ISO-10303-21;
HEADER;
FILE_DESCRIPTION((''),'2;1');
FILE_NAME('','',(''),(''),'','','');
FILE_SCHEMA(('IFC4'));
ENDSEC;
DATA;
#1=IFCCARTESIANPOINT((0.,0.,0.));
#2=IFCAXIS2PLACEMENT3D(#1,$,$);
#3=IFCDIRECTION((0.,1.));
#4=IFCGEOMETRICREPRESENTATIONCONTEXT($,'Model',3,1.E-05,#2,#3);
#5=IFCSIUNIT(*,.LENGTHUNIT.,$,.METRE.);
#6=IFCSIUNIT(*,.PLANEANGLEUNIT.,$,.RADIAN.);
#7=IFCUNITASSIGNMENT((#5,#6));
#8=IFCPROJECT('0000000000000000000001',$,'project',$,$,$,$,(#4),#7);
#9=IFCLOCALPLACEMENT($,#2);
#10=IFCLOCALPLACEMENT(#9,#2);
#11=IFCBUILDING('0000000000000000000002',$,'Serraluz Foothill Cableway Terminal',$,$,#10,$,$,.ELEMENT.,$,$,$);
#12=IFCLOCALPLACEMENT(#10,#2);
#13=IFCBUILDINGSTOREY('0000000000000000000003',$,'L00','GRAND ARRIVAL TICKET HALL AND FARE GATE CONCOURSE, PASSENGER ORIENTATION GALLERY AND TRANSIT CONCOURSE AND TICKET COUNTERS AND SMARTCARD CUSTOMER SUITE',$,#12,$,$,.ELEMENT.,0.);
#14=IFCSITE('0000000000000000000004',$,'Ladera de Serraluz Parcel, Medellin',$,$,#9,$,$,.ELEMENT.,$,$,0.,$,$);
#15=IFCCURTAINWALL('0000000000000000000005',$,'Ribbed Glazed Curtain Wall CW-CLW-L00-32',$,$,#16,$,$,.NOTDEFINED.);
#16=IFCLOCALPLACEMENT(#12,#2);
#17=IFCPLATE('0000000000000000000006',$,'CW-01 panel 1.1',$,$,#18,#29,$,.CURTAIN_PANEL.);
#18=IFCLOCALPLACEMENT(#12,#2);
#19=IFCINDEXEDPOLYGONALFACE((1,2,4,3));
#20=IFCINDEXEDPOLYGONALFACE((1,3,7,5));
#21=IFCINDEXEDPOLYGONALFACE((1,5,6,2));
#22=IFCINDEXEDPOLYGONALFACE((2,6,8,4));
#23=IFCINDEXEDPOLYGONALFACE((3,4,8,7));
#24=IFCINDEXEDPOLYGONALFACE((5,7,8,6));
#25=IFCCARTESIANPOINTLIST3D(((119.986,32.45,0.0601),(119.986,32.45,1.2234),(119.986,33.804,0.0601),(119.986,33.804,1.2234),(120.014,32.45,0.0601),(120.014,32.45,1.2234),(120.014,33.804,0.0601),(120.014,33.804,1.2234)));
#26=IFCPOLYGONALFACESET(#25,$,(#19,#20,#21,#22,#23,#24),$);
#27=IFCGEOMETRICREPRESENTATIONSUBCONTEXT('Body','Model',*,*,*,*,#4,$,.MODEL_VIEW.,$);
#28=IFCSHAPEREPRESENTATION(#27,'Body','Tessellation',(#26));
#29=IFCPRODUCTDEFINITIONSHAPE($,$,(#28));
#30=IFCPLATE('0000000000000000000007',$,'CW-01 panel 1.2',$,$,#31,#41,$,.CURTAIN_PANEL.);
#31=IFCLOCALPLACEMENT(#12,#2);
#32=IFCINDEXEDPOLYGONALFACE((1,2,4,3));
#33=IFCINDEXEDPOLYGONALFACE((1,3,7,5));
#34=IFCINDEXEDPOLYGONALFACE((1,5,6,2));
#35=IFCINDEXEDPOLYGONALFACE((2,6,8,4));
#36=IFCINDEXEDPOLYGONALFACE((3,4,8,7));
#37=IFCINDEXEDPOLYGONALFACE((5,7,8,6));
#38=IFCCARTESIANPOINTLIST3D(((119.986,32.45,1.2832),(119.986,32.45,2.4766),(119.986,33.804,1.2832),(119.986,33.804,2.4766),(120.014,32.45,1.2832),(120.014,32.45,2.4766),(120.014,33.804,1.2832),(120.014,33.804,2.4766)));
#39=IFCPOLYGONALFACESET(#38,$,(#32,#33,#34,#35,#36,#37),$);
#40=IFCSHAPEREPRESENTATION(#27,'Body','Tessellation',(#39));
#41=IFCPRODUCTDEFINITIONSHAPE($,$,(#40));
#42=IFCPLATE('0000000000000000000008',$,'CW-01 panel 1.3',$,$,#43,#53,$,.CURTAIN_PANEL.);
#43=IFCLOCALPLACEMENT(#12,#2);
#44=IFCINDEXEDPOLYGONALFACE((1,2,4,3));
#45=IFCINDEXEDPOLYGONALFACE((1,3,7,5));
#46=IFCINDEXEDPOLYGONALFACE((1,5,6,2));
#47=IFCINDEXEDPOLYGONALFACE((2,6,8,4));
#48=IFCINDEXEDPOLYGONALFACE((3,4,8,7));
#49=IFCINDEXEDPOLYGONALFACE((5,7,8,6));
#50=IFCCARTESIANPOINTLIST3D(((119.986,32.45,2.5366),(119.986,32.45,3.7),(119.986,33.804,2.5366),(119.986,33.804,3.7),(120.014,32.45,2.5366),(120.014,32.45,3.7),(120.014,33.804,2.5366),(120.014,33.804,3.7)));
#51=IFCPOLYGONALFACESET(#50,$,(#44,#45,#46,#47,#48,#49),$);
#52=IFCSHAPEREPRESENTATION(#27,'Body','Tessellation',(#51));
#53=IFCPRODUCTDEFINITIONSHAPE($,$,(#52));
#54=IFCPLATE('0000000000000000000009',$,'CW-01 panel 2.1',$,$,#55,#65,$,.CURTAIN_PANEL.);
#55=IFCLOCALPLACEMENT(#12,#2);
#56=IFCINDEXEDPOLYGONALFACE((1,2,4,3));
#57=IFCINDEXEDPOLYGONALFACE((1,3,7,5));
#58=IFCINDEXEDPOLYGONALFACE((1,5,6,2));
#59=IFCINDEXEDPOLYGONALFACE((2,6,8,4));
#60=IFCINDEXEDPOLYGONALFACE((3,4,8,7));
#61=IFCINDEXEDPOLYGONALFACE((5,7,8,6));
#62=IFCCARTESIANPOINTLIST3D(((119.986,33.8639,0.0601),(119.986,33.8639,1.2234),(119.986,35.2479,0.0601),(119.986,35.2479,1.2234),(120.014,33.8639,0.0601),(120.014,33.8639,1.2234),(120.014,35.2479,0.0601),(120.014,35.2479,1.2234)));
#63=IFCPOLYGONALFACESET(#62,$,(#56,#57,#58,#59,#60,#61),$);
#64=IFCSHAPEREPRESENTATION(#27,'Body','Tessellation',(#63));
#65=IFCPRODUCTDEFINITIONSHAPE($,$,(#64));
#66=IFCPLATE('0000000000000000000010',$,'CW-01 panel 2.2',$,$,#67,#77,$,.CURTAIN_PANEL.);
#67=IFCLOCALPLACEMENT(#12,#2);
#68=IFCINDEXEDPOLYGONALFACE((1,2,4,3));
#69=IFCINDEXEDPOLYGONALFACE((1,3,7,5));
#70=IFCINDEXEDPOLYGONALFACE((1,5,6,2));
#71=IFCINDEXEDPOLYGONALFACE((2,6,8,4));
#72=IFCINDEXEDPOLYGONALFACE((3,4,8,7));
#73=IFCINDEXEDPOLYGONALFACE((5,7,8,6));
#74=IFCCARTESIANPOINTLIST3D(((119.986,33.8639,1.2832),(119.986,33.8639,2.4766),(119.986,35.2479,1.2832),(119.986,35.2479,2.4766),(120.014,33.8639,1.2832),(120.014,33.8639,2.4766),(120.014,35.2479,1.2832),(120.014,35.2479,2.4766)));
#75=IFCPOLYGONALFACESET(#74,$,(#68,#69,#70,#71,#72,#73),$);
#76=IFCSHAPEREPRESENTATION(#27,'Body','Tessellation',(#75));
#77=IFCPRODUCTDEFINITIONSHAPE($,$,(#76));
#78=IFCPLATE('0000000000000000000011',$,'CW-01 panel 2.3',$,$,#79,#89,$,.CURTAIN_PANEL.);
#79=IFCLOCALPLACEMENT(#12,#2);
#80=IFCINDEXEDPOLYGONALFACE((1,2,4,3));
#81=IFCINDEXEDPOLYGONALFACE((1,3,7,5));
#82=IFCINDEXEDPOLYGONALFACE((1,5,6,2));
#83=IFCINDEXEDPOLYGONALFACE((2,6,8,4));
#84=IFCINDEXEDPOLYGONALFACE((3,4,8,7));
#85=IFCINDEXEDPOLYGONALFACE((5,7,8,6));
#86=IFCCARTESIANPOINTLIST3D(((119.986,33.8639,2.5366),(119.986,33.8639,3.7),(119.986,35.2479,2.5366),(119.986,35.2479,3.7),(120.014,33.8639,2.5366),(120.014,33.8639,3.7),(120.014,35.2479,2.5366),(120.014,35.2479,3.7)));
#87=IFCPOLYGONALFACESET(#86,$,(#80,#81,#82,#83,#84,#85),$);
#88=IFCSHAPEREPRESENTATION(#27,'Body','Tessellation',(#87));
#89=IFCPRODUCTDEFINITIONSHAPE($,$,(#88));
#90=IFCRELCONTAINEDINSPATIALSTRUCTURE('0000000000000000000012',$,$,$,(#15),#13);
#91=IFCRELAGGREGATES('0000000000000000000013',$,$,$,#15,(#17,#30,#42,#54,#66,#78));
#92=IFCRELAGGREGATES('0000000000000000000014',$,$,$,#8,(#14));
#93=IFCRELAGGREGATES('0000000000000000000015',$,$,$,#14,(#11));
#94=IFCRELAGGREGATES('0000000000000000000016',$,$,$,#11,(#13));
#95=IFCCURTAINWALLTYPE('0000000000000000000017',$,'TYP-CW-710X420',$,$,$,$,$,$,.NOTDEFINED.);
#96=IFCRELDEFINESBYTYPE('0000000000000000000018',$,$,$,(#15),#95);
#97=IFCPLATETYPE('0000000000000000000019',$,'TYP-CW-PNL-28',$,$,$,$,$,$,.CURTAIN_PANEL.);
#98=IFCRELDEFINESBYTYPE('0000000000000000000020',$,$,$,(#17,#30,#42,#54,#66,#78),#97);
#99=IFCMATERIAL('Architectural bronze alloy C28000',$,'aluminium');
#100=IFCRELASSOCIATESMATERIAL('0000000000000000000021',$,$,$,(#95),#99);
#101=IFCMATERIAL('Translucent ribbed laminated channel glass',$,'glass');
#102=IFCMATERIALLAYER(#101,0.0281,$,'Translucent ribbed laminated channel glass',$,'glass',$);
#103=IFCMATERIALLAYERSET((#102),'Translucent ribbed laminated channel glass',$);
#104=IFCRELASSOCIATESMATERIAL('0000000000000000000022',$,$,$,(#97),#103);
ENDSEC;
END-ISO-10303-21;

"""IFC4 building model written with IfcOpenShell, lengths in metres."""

from ifc_helpers import new_model, si_unit, direction, frame, origin, origin_2d, place, context, subcontext, project, spatial, rectangle, extrude, material, layer, layer_set, type_object, element, aggregate, save


model = new_model("IFC4")

# Units and contexts
model_context = context("Model", 3, precision=1e-05, world=origin(), true_north=direction((0.0, 1.0)))
body_context = subcontext(model_context, "Body", "Model", "MODEL_VIEW")
ifc_project = project(units=[si_unit("LENGTHUNIT", "METRE"), si_unit("PLANEANGLEUNIT", "RADIAN")], contexts=[model_context])

# Site, building, storey
site_placement = place(None, origin())
site = spatial("IfcSite", under=ifc_project, at=site_placement, Name="Ladera de Serraluz Parcel, Medellin", CompositionType="ELEMENT", RefElevation=0.0)
building_placement = place(site_placement, origin())
building = spatial("IfcBuilding", under=site, at=building_placement, Name="Serraluz Foothill Cableway Terminal", CompositionType="ELEMENT")
storey_placement = place(building_placement, origin())
storey = spatial("IfcBuildingStorey", under=building, at=storey_placement, Name="L00", Description="GRAND ARRIVAL TICKET HALL AND FARE GATE CONCOURSE, PASSENGER ORIENTATION GALLERY AND TRANSIT CONCOURSE AND TICKET COUNTERS AND SMARTCARD CUSTOMER SUITE", CompositionType="ELEMENT", Elevation=0.0)

# Curtain wall, plates
ifc_material_1 = material(Name="Architectural bronze alloy C28000", Category="aluminium")
curtain_wall_type = type_object("IfcCurtainWallType", Name="TYP-CW-710X420", PredefinedType="NOTDEFINED", material=ifc_material_1)
curtain_wall_placement = place(storey_placement, origin())
curtain_wall = element("IfcCurtainWall", 1, at=curtain_wall_placement, inside=storey, type_object=curtain_wall_type, Name="Ribbed Glazed Curtain Wall CW-CLW-L00-32", PredefinedType="NOTDEFINED")
ifc_material_2 = material(Name="Translucent ribbed laminated channel glass", Category="glass")
ifc_layer = layer(ifc_material_2, 0.0281, Name="Translucent ribbed laminated channel glass", Category="glass")
ifc_layer_set = layer_set([ifc_layer], Name="Translucent ribbed laminated channel glass")
plate_type = type_object("IfcPlateType", Name="TYP-CW-PNL-28", PredefinedType="CURTAIN_PANEL", material=ifc_layer_set)
plate_1_placement = place(storey_placement, frame((120.0, 33.127, 0.0601), z_axis=(0.0, 0.0, 1.0), x_axis=(0.0, 1.0, 0.0)))
plate_1 = element("IfcPlate", 2, at=plate_1_placement, type_object=plate_type, Name="CW-01 panel 1.1", PredefinedType="CURTAIN_PANEL", context=body_context, shape_type="SweptSolid", body=[
    extrude(rectangle(XDim=1.354, YDim=0.0281, at=origin_2d()), origin(), (0.0, 0.0, 1.0), 1.1633),
])
plate_2_placement = place(storey_placement, frame((120.0, 33.127, 1.2832), z_axis=(0.0, 0.0, 1.0), x_axis=(0.0, 1.0, 0.0)))
plate_2 = element("IfcPlate", 3, at=plate_2_placement, type_object=plate_type, Name="CW-01 panel 1.2", PredefinedType="CURTAIN_PANEL", context=body_context, shape_type="SweptSolid", body=[
    extrude(rectangle(XDim=1.354, YDim=0.0281, at=origin_2d()), origin(), (0.0, 0.0, 1.0), 1.1934),
])
plate_3_placement = place(storey_placement, frame((120.0, 33.127, 2.5366), z_axis=(0.0, 0.0, 1.0), x_axis=(0.0, 1.0, 0.0)))
plate_3 = element("IfcPlate", 4, at=plate_3_placement, type_object=plate_type, Name="CW-01 panel 1.3", PredefinedType="CURTAIN_PANEL", context=body_context, shape_type="SweptSolid", body=[
    extrude(rectangle(XDim=1.354, YDim=0.0281, at=origin_2d()), origin(), (0.0, 0.0, 1.0), 1.1633),
])
plate_4_placement = place(storey_placement, frame((120.0, 34.5559, 0.0601), z_axis=(0.0, 0.0, 1.0), x_axis=(0.0, 1.0, 0.0)))
plate_4 = element("IfcPlate", 5, at=plate_4_placement, type_object=plate_type, Name="CW-01 panel 2.1", PredefinedType="CURTAIN_PANEL", context=body_context, shape_type="SweptSolid", body=[
    extrude(rectangle(XDim=1.384, YDim=0.0281, at=origin_2d()), origin(), (0.0, 0.0, 1.0), 1.1633),
])
plate_5_placement = place(storey_placement, frame((120.0, 34.5559, 1.2832), z_axis=(0.0, 0.0, 1.0), x_axis=(0.0, 1.0, 0.0)))
plate_5 = element("IfcPlate", 6, at=plate_5_placement, type_object=plate_type, Name="CW-01 panel 2.2", PredefinedType="CURTAIN_PANEL", context=body_context, shape_type="SweptSolid", body=[
    extrude(rectangle(XDim=1.384, YDim=0.0281, at=origin_2d()), origin(), (0.0, 0.0, 1.0), 1.1934),
])
plate_6_placement = place(storey_placement, frame((120.0, 34.5559, 2.5366), z_axis=(0.0, 0.0, 1.0), x_axis=(0.0, 1.0, 0.0)))
plate_6 = element("IfcPlate", 7, at=plate_6_placement, type_object=plate_type, Name="CW-01 panel 2.3", PredefinedType="CURTAIN_PANEL", context=body_context, shape_type="SweptSolid", body=[
    extrude(rectangle(XDim=1.384, YDim=0.0281, at=origin_2d()), origin(), (0.0, 0.0, 1.0), 1.1633),
])
aggregate(curtain_wall, [plate_1, plate_2, plate_3, plate_4, plate_5, plate_6])

save(model, "model.ifc")
